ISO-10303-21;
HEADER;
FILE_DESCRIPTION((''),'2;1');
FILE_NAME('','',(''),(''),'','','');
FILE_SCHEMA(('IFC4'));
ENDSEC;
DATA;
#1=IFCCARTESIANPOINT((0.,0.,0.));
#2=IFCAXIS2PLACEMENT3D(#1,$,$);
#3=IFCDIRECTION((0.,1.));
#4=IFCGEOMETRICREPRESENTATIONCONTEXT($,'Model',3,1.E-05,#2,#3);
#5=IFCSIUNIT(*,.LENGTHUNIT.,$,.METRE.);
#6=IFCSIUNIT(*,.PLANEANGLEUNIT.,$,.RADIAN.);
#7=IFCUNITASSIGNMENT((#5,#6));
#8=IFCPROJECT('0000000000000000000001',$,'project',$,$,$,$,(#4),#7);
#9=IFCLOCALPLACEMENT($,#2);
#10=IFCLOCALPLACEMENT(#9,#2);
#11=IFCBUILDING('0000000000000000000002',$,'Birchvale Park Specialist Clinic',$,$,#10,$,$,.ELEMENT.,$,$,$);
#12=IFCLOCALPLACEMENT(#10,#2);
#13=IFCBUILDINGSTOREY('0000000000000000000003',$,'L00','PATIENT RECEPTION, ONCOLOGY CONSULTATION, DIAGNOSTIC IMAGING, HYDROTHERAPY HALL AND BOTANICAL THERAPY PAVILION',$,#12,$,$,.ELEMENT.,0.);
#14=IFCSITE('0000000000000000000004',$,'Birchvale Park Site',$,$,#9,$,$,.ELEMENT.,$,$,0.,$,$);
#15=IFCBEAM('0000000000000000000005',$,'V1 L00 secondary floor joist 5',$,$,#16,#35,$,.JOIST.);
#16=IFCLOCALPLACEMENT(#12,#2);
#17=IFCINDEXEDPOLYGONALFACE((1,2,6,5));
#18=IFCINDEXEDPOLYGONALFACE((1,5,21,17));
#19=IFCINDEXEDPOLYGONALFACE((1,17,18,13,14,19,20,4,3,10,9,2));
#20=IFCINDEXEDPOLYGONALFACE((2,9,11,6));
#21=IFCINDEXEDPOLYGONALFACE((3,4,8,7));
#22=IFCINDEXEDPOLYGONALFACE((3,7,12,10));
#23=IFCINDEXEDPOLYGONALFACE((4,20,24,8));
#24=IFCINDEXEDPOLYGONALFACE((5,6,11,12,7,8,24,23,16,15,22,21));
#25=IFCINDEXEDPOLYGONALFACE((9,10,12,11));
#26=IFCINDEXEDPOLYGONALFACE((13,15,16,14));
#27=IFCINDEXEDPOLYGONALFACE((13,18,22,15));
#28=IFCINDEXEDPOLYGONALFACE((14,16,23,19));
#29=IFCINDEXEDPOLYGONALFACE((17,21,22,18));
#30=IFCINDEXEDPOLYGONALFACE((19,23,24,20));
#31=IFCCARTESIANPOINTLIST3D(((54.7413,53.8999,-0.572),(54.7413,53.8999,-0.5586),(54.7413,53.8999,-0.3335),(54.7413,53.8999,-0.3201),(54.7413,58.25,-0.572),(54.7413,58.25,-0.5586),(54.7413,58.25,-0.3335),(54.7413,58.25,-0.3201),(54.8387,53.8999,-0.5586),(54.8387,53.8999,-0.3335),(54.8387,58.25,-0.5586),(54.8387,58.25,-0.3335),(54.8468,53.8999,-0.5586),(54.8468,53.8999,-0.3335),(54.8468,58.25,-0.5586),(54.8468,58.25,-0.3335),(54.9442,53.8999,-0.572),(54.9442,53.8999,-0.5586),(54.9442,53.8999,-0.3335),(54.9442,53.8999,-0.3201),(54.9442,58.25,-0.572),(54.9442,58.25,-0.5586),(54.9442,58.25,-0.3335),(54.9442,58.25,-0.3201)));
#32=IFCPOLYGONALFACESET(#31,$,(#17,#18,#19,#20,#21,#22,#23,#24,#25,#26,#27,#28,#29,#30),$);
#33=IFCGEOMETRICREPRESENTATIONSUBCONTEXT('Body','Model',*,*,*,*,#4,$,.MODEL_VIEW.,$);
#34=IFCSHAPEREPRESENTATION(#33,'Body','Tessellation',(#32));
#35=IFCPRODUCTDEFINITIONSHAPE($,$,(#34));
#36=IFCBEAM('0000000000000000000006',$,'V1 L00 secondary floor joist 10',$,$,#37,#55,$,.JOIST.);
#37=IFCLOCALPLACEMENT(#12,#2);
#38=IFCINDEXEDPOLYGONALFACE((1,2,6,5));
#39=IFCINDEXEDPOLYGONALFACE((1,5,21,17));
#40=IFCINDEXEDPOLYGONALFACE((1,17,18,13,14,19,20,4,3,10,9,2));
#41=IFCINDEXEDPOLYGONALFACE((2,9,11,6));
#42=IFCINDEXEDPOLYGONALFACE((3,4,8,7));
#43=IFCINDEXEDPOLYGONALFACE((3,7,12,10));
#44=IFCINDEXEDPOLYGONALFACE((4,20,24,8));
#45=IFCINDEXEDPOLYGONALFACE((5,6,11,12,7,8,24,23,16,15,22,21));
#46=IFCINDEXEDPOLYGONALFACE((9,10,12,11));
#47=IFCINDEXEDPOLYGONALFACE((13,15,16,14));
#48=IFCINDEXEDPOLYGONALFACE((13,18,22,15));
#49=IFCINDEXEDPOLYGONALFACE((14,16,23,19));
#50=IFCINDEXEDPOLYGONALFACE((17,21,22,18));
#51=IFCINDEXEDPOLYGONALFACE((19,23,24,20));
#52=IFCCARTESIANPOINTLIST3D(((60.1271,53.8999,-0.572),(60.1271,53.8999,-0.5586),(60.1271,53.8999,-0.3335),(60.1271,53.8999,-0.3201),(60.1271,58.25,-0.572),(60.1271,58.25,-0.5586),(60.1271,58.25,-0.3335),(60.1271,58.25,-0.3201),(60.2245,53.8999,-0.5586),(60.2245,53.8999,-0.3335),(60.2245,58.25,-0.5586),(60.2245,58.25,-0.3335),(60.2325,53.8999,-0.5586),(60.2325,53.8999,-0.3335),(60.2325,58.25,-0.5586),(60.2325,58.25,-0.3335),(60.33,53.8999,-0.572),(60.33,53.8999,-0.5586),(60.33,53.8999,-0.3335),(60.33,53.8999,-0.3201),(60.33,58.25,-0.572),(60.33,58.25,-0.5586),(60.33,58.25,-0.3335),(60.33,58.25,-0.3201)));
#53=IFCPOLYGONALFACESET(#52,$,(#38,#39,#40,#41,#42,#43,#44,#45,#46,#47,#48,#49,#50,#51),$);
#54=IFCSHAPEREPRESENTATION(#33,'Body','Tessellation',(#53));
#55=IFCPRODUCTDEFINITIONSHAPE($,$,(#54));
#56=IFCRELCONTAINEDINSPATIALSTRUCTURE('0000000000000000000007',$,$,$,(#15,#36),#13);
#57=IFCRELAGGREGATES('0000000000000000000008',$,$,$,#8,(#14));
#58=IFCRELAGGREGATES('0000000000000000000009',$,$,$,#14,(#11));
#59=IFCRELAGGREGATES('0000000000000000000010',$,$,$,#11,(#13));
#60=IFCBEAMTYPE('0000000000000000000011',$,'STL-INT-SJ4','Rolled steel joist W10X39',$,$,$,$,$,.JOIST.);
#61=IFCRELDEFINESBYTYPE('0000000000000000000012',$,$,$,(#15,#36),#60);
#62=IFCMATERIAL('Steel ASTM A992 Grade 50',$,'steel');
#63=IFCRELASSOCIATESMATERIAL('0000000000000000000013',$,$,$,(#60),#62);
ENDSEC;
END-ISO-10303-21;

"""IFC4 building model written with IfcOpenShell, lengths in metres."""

from ifc_helpers import new_model, si_unit, direction, frame, origin, origin_2d, place, context, subcontext, project, spatial, i_section, extrude, material, material_profile, profile_set, type_object, element, save


model = new_model("IFC4")

# Units and contexts
model_context = context("Model", 3, precision=1e-05, world=origin(), true_north=direction((0.0, 1.0)))
body_context = subcontext(model_context, "Body", "Model", "MODEL_VIEW")
ifc_project = project(units=[si_unit("LENGTHUNIT", "METRE"), si_unit("PLANEANGLEUNIT", "RADIAN")], contexts=[model_context])

# Site, building, storey
site_placement = place(None, origin())
site = spatial("IfcSite", under=ifc_project, at=site_placement, Name="Birchvale Park Site", CompositionType="ELEMENT", RefElevation=0.0)
building_placement = place(site_placement, origin())
building = spatial("IfcBuilding", under=site, at=building_placement, Name="Birchvale Park Specialist Clinic", CompositionType="ELEMENT")
storey_placement = place(building_placement, origin())
storey = spatial("IfcBuildingStorey", under=building, at=storey_placement, Name="L00", Description="PATIENT RECEPTION, ONCOLOGY CONSULTATION, DIAGNOSTIC IMAGING, HYDROTHERAPY HALL AND BOTANICAL THERAPY PAVILION", CompositionType="ELEMENT", Elevation=0.0)

# Beams
ifc_material_1 = material(Name="Steel ASTM A992 Grade 50", Category="steel")
ifc_material_profile_1 = material_profile(ifc_material_1, i_section(OverallWidth=0.2029, OverallDepth=0.252, WebThickness=0.0081, FlangeThickness=0.0134, at=origin_2d()), Name="W10X39")
ifc_profile_set_1 = profile_set([ifc_material_profile_1], Name="Steel ASTM A992 Grade 50")
beam_type_1 = type_object("IfcBeamType", Name="STL-INT-SJ4", Description="Rolled steel joist W10X39", PredefinedType="JOIST", material=ifc_profile_set_1)
for number, where, z_axis, x_axis, name in (
    (1, (54.8428, 53.8999, -0.446), (0.0, 1.0, 0.0), (-1.0, 0.0, 0.0), "V1 L00 secondary floor joist 5"),
    (2, (60.2285, 53.8999, -0.446), (0.0, 1.0, 0.0), (-1.0, 0.0, 0.0), "V1 L00 secondary floor joist 10"),
):
    element("IfcBeam", number, at=place(storey_placement, frame(where, z_axis=z_axis, x_axis=x_axis)), inside=storey, type_object=beam_type_1, Name=name, PredefinedType="JOIST", context=body_context, shape_type="SweptSolid", body=[
        extrude(i_section(OverallWidth=0.2029, OverallDepth=0.252, WebThickness=0.0081, FlangeThickness=0.0134, at=origin_2d()), origin(), (0.0, 0.0, 1.0), 4.3501),
    ])

save(model, "model.ifc")
